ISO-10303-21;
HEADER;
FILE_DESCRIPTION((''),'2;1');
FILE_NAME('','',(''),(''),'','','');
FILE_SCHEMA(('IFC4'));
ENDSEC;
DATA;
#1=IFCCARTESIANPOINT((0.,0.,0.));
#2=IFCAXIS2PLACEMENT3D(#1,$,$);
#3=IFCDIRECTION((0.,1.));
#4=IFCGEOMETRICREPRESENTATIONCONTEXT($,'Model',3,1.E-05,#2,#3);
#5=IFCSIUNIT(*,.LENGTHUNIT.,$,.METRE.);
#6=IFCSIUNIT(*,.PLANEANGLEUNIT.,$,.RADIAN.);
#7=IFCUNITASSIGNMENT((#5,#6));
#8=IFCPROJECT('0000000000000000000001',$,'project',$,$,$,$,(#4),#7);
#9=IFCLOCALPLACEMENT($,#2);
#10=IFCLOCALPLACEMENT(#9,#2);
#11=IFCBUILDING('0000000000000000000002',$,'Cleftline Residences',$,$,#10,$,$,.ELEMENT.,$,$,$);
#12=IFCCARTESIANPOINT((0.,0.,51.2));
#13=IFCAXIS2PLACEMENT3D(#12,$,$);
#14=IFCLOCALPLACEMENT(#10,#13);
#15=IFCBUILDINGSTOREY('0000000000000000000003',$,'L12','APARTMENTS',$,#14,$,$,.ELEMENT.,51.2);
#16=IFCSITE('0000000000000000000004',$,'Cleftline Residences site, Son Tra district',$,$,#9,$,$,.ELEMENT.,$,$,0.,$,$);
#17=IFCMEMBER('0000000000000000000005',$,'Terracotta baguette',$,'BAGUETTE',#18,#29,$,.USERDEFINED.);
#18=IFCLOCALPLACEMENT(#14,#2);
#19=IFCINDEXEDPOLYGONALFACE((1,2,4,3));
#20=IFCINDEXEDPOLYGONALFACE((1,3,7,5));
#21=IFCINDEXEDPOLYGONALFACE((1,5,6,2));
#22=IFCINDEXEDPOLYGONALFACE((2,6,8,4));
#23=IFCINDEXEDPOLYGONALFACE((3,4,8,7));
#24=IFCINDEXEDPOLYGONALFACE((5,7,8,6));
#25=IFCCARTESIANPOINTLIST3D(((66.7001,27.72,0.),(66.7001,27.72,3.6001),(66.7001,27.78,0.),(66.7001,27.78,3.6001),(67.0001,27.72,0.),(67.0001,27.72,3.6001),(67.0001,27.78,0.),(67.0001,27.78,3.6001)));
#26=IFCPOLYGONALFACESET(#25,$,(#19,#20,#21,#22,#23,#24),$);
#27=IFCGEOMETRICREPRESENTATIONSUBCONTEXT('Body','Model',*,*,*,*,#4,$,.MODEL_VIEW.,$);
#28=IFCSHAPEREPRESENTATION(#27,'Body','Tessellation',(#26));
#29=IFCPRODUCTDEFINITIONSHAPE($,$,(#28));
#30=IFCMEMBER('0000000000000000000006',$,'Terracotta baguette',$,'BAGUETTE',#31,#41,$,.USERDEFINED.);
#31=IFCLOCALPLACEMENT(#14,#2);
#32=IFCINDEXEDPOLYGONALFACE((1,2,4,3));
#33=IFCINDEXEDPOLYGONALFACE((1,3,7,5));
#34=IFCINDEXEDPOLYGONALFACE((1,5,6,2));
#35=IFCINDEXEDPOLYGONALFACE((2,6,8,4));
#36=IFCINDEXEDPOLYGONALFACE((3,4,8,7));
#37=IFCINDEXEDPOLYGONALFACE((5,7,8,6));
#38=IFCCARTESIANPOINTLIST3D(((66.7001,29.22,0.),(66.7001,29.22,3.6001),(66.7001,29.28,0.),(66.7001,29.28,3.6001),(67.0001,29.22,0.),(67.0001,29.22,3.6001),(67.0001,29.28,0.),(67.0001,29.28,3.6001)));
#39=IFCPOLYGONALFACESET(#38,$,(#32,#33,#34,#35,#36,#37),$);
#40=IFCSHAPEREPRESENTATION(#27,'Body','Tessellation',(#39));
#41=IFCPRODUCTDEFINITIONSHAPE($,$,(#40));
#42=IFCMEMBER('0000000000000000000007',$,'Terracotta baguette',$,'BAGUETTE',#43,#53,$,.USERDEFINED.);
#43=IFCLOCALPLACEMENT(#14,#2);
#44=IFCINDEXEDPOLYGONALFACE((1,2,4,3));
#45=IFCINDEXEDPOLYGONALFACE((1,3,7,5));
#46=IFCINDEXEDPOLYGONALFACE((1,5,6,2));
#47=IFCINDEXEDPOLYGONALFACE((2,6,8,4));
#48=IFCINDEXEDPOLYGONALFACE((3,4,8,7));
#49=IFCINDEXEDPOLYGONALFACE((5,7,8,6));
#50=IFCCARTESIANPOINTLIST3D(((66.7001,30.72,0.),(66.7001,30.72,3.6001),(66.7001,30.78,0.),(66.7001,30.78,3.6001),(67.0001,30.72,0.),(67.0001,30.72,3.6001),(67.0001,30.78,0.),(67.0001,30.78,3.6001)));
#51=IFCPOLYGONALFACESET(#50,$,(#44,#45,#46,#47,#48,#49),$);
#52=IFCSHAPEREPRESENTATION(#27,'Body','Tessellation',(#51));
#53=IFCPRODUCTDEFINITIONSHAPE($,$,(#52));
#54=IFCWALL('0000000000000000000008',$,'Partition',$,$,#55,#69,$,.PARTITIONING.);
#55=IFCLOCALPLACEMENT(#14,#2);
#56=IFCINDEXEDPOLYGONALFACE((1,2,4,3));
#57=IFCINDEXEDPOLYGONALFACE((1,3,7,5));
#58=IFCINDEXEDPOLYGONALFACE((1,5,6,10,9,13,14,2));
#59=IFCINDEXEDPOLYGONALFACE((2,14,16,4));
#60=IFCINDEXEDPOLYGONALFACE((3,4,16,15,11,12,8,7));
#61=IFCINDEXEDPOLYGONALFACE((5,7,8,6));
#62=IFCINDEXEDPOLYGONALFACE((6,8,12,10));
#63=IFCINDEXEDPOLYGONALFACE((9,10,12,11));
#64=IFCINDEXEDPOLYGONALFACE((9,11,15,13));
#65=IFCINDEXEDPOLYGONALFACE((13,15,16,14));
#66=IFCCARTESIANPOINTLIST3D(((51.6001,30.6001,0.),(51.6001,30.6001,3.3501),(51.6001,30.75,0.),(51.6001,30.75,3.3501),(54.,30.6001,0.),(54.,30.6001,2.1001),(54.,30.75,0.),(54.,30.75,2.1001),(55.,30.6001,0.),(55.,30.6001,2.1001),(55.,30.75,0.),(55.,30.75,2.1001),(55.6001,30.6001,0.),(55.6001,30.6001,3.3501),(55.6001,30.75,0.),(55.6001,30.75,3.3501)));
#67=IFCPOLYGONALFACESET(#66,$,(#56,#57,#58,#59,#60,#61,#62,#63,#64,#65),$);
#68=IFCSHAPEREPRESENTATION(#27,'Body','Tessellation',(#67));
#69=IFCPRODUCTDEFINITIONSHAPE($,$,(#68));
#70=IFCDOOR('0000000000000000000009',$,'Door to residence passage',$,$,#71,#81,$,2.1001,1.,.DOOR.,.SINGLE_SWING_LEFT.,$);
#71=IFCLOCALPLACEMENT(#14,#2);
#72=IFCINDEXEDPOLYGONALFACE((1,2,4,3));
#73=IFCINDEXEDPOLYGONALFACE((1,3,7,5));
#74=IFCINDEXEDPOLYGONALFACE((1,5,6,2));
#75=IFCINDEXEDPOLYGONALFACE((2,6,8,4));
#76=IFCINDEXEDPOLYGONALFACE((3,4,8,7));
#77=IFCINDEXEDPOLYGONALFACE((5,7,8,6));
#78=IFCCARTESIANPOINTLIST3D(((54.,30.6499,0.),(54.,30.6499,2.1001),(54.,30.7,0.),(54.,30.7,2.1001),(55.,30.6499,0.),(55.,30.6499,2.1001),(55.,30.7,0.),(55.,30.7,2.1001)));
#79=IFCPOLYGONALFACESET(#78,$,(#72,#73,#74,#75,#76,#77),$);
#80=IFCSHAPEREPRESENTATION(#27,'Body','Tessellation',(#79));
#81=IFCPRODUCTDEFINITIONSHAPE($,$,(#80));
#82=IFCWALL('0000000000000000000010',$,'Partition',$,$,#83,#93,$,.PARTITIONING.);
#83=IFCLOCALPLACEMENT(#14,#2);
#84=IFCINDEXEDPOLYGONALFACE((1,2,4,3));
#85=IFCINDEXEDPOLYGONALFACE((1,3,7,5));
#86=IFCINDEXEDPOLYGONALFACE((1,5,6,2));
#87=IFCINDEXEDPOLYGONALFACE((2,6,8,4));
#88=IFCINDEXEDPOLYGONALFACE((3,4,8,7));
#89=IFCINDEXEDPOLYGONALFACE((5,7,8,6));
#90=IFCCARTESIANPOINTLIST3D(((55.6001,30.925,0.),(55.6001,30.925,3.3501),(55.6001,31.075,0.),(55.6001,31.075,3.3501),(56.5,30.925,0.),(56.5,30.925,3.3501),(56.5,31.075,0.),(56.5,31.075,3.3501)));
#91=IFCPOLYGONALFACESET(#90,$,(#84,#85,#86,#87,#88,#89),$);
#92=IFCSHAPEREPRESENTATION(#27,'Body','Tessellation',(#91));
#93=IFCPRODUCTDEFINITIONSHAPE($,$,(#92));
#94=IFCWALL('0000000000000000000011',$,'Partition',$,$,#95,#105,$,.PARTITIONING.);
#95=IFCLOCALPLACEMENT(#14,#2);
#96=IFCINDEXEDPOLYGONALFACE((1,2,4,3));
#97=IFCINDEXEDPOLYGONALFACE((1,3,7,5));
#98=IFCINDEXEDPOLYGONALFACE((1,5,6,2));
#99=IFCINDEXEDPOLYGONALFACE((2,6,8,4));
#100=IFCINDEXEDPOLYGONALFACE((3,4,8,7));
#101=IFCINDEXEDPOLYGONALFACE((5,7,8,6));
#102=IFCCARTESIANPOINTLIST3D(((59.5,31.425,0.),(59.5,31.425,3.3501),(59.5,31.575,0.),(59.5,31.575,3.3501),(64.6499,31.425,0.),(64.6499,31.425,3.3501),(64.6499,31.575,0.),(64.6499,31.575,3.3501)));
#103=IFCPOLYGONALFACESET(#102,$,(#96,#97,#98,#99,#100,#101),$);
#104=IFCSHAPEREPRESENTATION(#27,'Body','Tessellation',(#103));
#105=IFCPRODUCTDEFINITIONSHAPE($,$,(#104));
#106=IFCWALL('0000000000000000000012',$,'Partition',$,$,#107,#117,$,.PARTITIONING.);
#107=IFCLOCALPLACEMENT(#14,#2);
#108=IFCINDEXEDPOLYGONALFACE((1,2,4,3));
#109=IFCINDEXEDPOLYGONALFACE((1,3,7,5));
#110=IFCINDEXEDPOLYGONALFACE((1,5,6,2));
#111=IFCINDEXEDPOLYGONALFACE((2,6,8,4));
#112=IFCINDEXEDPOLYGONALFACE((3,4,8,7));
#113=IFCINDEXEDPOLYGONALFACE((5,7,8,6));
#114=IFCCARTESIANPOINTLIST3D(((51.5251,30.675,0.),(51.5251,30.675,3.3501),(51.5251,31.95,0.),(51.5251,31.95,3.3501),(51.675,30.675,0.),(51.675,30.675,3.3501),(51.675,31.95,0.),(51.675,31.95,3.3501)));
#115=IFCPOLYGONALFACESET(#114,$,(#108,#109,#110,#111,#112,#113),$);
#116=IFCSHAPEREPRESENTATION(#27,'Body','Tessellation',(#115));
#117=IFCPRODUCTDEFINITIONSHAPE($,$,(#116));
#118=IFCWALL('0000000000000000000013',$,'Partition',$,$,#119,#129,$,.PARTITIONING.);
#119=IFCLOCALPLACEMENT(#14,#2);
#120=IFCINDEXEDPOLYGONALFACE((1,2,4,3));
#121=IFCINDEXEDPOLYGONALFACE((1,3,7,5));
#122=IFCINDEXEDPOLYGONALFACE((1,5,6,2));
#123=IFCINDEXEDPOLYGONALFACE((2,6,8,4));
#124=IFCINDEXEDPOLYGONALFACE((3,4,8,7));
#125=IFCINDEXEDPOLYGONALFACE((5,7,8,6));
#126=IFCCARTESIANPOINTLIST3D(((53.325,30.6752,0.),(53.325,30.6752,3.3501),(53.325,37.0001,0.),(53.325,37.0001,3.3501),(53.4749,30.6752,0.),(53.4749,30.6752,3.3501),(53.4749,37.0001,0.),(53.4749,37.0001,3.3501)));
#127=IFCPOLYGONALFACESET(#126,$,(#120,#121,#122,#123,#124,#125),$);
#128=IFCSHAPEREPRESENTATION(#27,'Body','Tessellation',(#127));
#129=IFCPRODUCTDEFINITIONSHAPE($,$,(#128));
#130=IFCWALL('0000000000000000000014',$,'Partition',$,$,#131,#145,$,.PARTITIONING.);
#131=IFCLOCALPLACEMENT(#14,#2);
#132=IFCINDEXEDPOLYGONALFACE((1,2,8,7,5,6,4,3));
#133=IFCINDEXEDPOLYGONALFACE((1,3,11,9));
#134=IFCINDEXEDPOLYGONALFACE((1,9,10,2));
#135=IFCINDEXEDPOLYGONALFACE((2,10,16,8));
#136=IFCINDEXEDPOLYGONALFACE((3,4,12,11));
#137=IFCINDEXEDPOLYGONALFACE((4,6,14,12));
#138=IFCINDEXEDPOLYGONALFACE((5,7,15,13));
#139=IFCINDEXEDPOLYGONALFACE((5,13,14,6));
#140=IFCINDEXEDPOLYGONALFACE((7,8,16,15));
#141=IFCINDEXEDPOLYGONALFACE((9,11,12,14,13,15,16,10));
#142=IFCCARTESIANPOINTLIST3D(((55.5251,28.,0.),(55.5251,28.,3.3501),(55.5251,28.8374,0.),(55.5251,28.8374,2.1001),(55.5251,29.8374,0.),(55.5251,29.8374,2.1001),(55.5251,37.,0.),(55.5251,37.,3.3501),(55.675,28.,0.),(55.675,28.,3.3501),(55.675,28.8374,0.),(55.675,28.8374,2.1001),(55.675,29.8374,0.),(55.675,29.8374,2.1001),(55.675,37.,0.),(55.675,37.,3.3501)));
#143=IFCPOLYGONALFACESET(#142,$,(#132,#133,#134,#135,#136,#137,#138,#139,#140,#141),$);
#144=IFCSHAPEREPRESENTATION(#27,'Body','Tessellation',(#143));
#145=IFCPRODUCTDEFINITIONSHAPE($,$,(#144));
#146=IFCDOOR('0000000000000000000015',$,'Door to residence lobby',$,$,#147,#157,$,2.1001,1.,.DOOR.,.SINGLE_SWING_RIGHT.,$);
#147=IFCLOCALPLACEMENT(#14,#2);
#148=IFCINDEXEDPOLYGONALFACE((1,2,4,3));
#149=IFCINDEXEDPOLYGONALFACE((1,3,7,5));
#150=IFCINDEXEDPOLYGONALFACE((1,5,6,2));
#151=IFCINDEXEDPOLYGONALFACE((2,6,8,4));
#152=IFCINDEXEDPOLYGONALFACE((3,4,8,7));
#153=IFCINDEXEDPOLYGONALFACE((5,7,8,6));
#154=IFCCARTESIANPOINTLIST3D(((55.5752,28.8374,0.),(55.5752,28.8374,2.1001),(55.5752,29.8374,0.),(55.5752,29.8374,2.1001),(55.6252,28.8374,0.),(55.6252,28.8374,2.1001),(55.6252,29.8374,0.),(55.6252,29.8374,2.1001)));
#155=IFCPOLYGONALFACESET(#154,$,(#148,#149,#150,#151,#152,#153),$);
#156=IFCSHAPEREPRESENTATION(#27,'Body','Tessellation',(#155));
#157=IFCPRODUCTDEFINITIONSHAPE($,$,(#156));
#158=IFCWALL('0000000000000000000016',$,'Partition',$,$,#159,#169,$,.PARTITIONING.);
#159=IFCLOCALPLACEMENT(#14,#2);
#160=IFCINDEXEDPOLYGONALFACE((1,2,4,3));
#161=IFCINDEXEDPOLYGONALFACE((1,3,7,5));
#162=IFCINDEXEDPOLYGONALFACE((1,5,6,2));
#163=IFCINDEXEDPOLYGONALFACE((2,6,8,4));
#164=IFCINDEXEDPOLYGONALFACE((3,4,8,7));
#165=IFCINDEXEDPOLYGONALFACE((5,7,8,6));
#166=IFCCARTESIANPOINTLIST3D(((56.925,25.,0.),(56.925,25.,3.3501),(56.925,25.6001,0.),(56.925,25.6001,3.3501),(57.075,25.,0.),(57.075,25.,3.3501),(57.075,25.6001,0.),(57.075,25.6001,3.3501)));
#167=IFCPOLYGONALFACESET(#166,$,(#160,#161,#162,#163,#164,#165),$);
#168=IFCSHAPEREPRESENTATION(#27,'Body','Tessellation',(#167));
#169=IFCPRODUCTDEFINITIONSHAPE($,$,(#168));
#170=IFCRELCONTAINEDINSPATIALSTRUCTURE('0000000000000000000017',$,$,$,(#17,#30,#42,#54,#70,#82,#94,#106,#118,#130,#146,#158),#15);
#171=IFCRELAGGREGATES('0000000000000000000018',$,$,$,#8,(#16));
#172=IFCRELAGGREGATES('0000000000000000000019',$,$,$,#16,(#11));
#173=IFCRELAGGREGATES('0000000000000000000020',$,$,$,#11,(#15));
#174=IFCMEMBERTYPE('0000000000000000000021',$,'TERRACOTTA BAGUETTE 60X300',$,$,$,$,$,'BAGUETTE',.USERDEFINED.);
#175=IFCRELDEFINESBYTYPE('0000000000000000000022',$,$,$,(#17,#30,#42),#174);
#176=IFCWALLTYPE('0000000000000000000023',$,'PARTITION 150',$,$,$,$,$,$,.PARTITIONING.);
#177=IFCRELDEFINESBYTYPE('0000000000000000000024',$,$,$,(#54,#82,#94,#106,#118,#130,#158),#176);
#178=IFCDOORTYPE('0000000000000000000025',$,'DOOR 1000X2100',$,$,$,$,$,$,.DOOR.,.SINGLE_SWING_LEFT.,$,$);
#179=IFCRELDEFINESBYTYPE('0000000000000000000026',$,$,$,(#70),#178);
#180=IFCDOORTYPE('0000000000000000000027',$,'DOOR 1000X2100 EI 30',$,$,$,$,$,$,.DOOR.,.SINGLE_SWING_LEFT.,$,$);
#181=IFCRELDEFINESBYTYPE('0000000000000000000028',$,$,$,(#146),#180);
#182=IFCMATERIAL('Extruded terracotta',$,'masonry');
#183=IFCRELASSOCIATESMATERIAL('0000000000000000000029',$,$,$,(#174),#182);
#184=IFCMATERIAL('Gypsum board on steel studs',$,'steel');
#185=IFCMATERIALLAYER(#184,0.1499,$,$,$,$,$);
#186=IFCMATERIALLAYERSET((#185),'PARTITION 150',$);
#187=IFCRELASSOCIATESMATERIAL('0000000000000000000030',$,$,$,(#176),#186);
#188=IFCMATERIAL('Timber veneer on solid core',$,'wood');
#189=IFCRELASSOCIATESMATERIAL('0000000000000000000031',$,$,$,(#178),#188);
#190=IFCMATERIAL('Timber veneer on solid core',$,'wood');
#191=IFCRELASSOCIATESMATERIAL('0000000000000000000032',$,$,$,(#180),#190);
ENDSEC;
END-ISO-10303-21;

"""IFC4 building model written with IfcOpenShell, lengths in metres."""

from ifc_helpers import new_model, si_unit, direction, frame, frame_2d, origin, origin_2d, place, context, subcontext, project, spatial, rectangle, extrude, material, layer, layer_set, material_profile, profile_set, type_object, element, fill, save


model = new_model("IFC4")

# Units and contexts
model_context = context("Model", 3, precision=1e-05, world=origin(), true_north=direction((0.0, 1.0)))
body_context = subcontext(model_context, "Body", "Model", "MODEL_VIEW")
ifc_project = project(units=[si_unit("LENGTHUNIT", "METRE"), si_unit("PLANEANGLEUNIT", "RADIAN")], contexts=[model_context])

# Site, building, storey
site_placement = place(None, origin())
site = spatial("IfcSite", under=ifc_project, at=site_placement, Name="Cleftline Residences site, Son Tra district", CompositionType="ELEMENT", RefElevation=0.0)
building_placement = place(site_placement, origin())
building = spatial("IfcBuilding", under=site, at=building_placement, Name="Cleftline Residences", CompositionType="ELEMENT")
storey_placement = place(building_placement, frame((0.0, 0.0, 51.2)))
storey = spatial("IfcBuildingStorey", under=building, at=storey_placement, Name="L12", Description="APARTMENTS", CompositionType="ELEMENT", Elevation=51.2)

# Members
ifc_material_1 = material(Name="Extruded terracotta", Category="masonry")
ifc_material_profile_1 = material_profile(ifc_material_1, rectangle(XDim=0.0601, YDim=0.3, at=origin_2d()))
ifc_profile_set_1 = profile_set([ifc_material_profile_1], Name="Extruded terracotta")
member_type_1 = type_object("IfcMemberType", Name="TERRACOTTA BAGUETTE 60X300", ElementType="BAGUETTE", PredefinedType="USERDEFINED", material=ifc_profile_set_1)
for number, where, z_axis, x_axis, name in (
    (1, (66.8501, 27.75, 0.0), (0.0, 0.0, 1.0), (0.0, 1.0, 0.0), "Terracotta baguette"),
    (2, (66.8501, 29.25, 0.0), (0.0, 0.0, 1.0), (0.0, 1.0, 0.0), "Terracotta baguette"),
    (3, (66.8501, 30.75, 0.0), (0.0, 0.0, 1.0), (0.0, 1.0, 0.0), "Terracotta baguette"),
):
    element("IfcMember", number, at=place(storey_placement, frame(where, z_axis=z_axis, x_axis=x_axis)), inside=storey, type_object=member_type_1, Name=name, ObjectType="BAGUETTE", PredefinedType="USERDEFINED", context=body_context, shape_type="SweptSolid", body=[
        extrude(rectangle(XDim=0.0601, YDim=0.3, at=origin_2d()), origin(), (0.0, 0.0, 1.0), 3.6001),
    ])

# Wall, opening, door
ifc_material_2 = material(Name="Gypsum board on steel studs", Category="steel")
ifc_layer_1 = layer(ifc_material_2, 0.1499)
ifc_layer_set_1 = layer_set([ifc_layer_1], Name="PARTITION 150")
wall_type_1 = type_object("IfcWallType", Name="PARTITION 150", PredefinedType="PARTITIONING", material=ifc_layer_set_1)
wall_1_placement = place(storey_placement, frame((51.6001, 30.675, 0.0), z_axis=(0.0, 0.0, 1.0), x_axis=(1.0, 0.0, 0.0)))
wall_1 = element("IfcWall", 4, at=wall_1_placement, inside=storey, type_object=wall_type_1, Name="Partition", PredefinedType="PARTITIONING", context=body_context, shape_type="SweptSolid", body=[
    extrude(rectangle(XDim=4.0, YDim=0.1499, at=frame_2d((2.0, 0.0))), origin(), (0.0, 0.0, 1.0), 3.3501),
])
opening_1_placement = place(wall_1_placement, frame((2.3999, 0.0, 0.0)))
opening_1 = element("IfcOpeningElement", 5, at=opening_1_placement, cuts=wall_1, PredefinedType="OPENING", context=body_context, shape_type="SweptSolid", body=[
    extrude(rectangle(XDim=1.0, YDim=2.1001, at=frame_2d((0.5, 1.05))), frame((0.0, 0.085, 0.0), z_axis=(0.0, -1.0, 0.0), x_axis=(1.0, 0.0, 0.0)), (0.0, 0.0, 1.0), 0.1699),
])
ifc_material_3 = material(Name="Timber veneer on solid core", Category="wood")
door_type_1 = type_object("IfcDoorType", Name="DOOR 1000X2100", OperationType="SINGLE_SWING_LEFT", PredefinedType="DOOR", material=ifc_material_3)
door_1_placement = place(opening_1_placement, origin())
door_1 = element("IfcDoor", 6, at=door_1_placement, inside=storey, type_object=door_type_1, Name="Door to residence passage", OperationType="SINGLE_SWING_LEFT", OverallHeight=2.1001, OverallWidth=1.0, PredefinedType="DOOR", context=body_context, shape_type="SweptSolid", body=[
    extrude(rectangle(XDim=1.0, YDim=2.1001, at=frame_2d((0.5, 1.05))), frame((0.0, 0.0249, 0.0), z_axis=(0.0, -1.0, 0.0), x_axis=(1.0, 0.0, 0.0)), (0.0, 0.0, 1.0), 0.05),
])
fill(opening_1, door_1)

# Walls
wall_2_placement = place(storey_placement, frame((55.6001, 31.0, 0.0), z_axis=(0.0, 0.0, 1.0), x_axis=(1.0, 0.0, 0.0)))
element("IfcWall", 7, at=wall_2_placement, inside=storey, type_object=wall_type_1, Name="Partition", PredefinedType="PARTITIONING", context=body_context, shape_type="SweptSolid", body=[
    extrude(rectangle(XDim=0.8999, YDim=0.1499, at=frame_2d((0.45, 0.0))), origin(), (0.0, 0.0, 1.0), 3.3501),
])
wall_3_placement = place(storey_placement, frame((59.5, 31.5, 0.0), z_axis=(0.0, 0.0, 1.0), x_axis=(1.0, 0.0, 0.0)))
element("IfcWall", 8, at=wall_3_placement, inside=storey, type_object=wall_type_1, Name="Partition", PredefinedType="PARTITIONING", context=body_context, shape_type="SweptSolid", body=[
    extrude(rectangle(XDim=5.1499, YDim=0.1499, at=frame_2d((2.575, 0.0))), origin(), (0.0, 0.0, 1.0), 3.3501),
])
wall_4_placement = place(storey_placement, frame((51.6001, 30.675, 0.0), z_axis=(0.0, 0.0, 1.0), x_axis=(0.0, 1.0, 0.0)))
element("IfcWall", 9, at=wall_4_placement, inside=storey, type_object=wall_type_1, Name="Partition", PredefinedType="PARTITIONING", context=body_context, shape_type="SweptSolid", body=[
    extrude(rectangle(XDim=1.2749, YDim=0.1499, at=frame_2d((0.6375, 0.0))), origin(), (0.0, 0.0, 1.0), 3.3501),
])
wall_5_placement = place(storey_placement, frame((53.3999, 30.675, 0.0), z_axis=(0.0, 0.0, 1.0), x_axis=(0.0, 1.0, 0.0)))
element("IfcWall", 10, at=wall_5_placement, inside=storey, type_object=wall_type_1, Name="Partition", PredefinedType="PARTITIONING", context=body_context, shape_type="SweptSolid", body=[
    extrude(rectangle(XDim=6.325, YDim=0.1499, at=frame_2d((3.1626, 0.0))), origin(), (0.0, 0.0, 1.0), 3.3501),
])

# Wall, opening, door
wall_6_placement = place(storey_placement, frame((55.6001, 28.0, 0.0), z_axis=(0.0, 0.0, 1.0), x_axis=(0.0, 1.0, 0.0)))
wall_6 = element("IfcWall", 11, at=wall_6_placement, inside=storey, type_object=wall_type_1, Name="Partition", PredefinedType="PARTITIONING", context=body_context, shape_type="SweptSolid", body=[
    extrude(rectangle(XDim=9.0, YDim=0.1499, at=frame_2d((4.5, 0.0))), origin(), (0.0, 0.0, 1.0), 3.3501),
])
opening_2_placement = place(wall_6_placement, frame((0.8374, 0.0, 0.0)))
opening_2 = element("IfcOpeningElement", 12, at=opening_2_placement, cuts=wall_6, PredefinedType="OPENING", context=body_context, shape_type="SweptSolid", body=[
    extrude(rectangle(XDim=1.0, YDim=2.1001, at=frame_2d((0.5, 1.05))), frame((0.0, 0.085, 0.0), z_axis=(0.0, -1.0, 0.0), x_axis=(1.0, 0.0, 0.0)), (0.0, 0.0, 1.0), 0.1699),
])
ifc_material_4 = material(Name="Timber veneer on solid core", Category="wood")
door_type_2 = type_object("IfcDoorType", Name="DOOR 1000X2100 EI 30", OperationType="SINGLE_SWING_LEFT", PredefinedType="DOOR", material=ifc_material_4)
door_2_placement = place(opening_2_placement, origin())
door_2 = element("IfcDoor", 13, at=door_2_placement, inside=storey, type_object=door_type_2, Name="Door to residence lobby", OperationType="SINGLE_SWING_RIGHT", OverallHeight=2.1001, OverallWidth=1.0, PredefinedType="DOOR", context=body_context, shape_type="SweptSolid", body=[
    extrude(rectangle(XDim=1.0, YDim=2.1001, at=frame_2d((0.5, 1.05))), frame((0.0, 0.0249, 0.0), z_axis=(0.0, -1.0, 0.0), x_axis=(1.0, 0.0, 0.0)), (0.0, 0.0, 1.0), 0.05),
])
fill(opening_2, door_2)

# Wall
wall_7_placement = place(storey_placement, frame((57.0, 25.0, 0.0), z_axis=(0.0, 0.0, 1.0), x_axis=(0.0, 1.0, 0.0)))
element("IfcWall", 14, at=wall_7_placement, inside=storey, type_object=wall_type_1, Name="Partition", PredefinedType="PARTITIONING", context=body_context, shape_type="SweptSolid", body=[
    extrude(rectangle(XDim=0.6001, YDim=0.1499, at=frame_2d((0.3, 0.0))), origin(), (0.0, 0.0, 1.0), 3.3501),
])

save(model, "model.ifc")
